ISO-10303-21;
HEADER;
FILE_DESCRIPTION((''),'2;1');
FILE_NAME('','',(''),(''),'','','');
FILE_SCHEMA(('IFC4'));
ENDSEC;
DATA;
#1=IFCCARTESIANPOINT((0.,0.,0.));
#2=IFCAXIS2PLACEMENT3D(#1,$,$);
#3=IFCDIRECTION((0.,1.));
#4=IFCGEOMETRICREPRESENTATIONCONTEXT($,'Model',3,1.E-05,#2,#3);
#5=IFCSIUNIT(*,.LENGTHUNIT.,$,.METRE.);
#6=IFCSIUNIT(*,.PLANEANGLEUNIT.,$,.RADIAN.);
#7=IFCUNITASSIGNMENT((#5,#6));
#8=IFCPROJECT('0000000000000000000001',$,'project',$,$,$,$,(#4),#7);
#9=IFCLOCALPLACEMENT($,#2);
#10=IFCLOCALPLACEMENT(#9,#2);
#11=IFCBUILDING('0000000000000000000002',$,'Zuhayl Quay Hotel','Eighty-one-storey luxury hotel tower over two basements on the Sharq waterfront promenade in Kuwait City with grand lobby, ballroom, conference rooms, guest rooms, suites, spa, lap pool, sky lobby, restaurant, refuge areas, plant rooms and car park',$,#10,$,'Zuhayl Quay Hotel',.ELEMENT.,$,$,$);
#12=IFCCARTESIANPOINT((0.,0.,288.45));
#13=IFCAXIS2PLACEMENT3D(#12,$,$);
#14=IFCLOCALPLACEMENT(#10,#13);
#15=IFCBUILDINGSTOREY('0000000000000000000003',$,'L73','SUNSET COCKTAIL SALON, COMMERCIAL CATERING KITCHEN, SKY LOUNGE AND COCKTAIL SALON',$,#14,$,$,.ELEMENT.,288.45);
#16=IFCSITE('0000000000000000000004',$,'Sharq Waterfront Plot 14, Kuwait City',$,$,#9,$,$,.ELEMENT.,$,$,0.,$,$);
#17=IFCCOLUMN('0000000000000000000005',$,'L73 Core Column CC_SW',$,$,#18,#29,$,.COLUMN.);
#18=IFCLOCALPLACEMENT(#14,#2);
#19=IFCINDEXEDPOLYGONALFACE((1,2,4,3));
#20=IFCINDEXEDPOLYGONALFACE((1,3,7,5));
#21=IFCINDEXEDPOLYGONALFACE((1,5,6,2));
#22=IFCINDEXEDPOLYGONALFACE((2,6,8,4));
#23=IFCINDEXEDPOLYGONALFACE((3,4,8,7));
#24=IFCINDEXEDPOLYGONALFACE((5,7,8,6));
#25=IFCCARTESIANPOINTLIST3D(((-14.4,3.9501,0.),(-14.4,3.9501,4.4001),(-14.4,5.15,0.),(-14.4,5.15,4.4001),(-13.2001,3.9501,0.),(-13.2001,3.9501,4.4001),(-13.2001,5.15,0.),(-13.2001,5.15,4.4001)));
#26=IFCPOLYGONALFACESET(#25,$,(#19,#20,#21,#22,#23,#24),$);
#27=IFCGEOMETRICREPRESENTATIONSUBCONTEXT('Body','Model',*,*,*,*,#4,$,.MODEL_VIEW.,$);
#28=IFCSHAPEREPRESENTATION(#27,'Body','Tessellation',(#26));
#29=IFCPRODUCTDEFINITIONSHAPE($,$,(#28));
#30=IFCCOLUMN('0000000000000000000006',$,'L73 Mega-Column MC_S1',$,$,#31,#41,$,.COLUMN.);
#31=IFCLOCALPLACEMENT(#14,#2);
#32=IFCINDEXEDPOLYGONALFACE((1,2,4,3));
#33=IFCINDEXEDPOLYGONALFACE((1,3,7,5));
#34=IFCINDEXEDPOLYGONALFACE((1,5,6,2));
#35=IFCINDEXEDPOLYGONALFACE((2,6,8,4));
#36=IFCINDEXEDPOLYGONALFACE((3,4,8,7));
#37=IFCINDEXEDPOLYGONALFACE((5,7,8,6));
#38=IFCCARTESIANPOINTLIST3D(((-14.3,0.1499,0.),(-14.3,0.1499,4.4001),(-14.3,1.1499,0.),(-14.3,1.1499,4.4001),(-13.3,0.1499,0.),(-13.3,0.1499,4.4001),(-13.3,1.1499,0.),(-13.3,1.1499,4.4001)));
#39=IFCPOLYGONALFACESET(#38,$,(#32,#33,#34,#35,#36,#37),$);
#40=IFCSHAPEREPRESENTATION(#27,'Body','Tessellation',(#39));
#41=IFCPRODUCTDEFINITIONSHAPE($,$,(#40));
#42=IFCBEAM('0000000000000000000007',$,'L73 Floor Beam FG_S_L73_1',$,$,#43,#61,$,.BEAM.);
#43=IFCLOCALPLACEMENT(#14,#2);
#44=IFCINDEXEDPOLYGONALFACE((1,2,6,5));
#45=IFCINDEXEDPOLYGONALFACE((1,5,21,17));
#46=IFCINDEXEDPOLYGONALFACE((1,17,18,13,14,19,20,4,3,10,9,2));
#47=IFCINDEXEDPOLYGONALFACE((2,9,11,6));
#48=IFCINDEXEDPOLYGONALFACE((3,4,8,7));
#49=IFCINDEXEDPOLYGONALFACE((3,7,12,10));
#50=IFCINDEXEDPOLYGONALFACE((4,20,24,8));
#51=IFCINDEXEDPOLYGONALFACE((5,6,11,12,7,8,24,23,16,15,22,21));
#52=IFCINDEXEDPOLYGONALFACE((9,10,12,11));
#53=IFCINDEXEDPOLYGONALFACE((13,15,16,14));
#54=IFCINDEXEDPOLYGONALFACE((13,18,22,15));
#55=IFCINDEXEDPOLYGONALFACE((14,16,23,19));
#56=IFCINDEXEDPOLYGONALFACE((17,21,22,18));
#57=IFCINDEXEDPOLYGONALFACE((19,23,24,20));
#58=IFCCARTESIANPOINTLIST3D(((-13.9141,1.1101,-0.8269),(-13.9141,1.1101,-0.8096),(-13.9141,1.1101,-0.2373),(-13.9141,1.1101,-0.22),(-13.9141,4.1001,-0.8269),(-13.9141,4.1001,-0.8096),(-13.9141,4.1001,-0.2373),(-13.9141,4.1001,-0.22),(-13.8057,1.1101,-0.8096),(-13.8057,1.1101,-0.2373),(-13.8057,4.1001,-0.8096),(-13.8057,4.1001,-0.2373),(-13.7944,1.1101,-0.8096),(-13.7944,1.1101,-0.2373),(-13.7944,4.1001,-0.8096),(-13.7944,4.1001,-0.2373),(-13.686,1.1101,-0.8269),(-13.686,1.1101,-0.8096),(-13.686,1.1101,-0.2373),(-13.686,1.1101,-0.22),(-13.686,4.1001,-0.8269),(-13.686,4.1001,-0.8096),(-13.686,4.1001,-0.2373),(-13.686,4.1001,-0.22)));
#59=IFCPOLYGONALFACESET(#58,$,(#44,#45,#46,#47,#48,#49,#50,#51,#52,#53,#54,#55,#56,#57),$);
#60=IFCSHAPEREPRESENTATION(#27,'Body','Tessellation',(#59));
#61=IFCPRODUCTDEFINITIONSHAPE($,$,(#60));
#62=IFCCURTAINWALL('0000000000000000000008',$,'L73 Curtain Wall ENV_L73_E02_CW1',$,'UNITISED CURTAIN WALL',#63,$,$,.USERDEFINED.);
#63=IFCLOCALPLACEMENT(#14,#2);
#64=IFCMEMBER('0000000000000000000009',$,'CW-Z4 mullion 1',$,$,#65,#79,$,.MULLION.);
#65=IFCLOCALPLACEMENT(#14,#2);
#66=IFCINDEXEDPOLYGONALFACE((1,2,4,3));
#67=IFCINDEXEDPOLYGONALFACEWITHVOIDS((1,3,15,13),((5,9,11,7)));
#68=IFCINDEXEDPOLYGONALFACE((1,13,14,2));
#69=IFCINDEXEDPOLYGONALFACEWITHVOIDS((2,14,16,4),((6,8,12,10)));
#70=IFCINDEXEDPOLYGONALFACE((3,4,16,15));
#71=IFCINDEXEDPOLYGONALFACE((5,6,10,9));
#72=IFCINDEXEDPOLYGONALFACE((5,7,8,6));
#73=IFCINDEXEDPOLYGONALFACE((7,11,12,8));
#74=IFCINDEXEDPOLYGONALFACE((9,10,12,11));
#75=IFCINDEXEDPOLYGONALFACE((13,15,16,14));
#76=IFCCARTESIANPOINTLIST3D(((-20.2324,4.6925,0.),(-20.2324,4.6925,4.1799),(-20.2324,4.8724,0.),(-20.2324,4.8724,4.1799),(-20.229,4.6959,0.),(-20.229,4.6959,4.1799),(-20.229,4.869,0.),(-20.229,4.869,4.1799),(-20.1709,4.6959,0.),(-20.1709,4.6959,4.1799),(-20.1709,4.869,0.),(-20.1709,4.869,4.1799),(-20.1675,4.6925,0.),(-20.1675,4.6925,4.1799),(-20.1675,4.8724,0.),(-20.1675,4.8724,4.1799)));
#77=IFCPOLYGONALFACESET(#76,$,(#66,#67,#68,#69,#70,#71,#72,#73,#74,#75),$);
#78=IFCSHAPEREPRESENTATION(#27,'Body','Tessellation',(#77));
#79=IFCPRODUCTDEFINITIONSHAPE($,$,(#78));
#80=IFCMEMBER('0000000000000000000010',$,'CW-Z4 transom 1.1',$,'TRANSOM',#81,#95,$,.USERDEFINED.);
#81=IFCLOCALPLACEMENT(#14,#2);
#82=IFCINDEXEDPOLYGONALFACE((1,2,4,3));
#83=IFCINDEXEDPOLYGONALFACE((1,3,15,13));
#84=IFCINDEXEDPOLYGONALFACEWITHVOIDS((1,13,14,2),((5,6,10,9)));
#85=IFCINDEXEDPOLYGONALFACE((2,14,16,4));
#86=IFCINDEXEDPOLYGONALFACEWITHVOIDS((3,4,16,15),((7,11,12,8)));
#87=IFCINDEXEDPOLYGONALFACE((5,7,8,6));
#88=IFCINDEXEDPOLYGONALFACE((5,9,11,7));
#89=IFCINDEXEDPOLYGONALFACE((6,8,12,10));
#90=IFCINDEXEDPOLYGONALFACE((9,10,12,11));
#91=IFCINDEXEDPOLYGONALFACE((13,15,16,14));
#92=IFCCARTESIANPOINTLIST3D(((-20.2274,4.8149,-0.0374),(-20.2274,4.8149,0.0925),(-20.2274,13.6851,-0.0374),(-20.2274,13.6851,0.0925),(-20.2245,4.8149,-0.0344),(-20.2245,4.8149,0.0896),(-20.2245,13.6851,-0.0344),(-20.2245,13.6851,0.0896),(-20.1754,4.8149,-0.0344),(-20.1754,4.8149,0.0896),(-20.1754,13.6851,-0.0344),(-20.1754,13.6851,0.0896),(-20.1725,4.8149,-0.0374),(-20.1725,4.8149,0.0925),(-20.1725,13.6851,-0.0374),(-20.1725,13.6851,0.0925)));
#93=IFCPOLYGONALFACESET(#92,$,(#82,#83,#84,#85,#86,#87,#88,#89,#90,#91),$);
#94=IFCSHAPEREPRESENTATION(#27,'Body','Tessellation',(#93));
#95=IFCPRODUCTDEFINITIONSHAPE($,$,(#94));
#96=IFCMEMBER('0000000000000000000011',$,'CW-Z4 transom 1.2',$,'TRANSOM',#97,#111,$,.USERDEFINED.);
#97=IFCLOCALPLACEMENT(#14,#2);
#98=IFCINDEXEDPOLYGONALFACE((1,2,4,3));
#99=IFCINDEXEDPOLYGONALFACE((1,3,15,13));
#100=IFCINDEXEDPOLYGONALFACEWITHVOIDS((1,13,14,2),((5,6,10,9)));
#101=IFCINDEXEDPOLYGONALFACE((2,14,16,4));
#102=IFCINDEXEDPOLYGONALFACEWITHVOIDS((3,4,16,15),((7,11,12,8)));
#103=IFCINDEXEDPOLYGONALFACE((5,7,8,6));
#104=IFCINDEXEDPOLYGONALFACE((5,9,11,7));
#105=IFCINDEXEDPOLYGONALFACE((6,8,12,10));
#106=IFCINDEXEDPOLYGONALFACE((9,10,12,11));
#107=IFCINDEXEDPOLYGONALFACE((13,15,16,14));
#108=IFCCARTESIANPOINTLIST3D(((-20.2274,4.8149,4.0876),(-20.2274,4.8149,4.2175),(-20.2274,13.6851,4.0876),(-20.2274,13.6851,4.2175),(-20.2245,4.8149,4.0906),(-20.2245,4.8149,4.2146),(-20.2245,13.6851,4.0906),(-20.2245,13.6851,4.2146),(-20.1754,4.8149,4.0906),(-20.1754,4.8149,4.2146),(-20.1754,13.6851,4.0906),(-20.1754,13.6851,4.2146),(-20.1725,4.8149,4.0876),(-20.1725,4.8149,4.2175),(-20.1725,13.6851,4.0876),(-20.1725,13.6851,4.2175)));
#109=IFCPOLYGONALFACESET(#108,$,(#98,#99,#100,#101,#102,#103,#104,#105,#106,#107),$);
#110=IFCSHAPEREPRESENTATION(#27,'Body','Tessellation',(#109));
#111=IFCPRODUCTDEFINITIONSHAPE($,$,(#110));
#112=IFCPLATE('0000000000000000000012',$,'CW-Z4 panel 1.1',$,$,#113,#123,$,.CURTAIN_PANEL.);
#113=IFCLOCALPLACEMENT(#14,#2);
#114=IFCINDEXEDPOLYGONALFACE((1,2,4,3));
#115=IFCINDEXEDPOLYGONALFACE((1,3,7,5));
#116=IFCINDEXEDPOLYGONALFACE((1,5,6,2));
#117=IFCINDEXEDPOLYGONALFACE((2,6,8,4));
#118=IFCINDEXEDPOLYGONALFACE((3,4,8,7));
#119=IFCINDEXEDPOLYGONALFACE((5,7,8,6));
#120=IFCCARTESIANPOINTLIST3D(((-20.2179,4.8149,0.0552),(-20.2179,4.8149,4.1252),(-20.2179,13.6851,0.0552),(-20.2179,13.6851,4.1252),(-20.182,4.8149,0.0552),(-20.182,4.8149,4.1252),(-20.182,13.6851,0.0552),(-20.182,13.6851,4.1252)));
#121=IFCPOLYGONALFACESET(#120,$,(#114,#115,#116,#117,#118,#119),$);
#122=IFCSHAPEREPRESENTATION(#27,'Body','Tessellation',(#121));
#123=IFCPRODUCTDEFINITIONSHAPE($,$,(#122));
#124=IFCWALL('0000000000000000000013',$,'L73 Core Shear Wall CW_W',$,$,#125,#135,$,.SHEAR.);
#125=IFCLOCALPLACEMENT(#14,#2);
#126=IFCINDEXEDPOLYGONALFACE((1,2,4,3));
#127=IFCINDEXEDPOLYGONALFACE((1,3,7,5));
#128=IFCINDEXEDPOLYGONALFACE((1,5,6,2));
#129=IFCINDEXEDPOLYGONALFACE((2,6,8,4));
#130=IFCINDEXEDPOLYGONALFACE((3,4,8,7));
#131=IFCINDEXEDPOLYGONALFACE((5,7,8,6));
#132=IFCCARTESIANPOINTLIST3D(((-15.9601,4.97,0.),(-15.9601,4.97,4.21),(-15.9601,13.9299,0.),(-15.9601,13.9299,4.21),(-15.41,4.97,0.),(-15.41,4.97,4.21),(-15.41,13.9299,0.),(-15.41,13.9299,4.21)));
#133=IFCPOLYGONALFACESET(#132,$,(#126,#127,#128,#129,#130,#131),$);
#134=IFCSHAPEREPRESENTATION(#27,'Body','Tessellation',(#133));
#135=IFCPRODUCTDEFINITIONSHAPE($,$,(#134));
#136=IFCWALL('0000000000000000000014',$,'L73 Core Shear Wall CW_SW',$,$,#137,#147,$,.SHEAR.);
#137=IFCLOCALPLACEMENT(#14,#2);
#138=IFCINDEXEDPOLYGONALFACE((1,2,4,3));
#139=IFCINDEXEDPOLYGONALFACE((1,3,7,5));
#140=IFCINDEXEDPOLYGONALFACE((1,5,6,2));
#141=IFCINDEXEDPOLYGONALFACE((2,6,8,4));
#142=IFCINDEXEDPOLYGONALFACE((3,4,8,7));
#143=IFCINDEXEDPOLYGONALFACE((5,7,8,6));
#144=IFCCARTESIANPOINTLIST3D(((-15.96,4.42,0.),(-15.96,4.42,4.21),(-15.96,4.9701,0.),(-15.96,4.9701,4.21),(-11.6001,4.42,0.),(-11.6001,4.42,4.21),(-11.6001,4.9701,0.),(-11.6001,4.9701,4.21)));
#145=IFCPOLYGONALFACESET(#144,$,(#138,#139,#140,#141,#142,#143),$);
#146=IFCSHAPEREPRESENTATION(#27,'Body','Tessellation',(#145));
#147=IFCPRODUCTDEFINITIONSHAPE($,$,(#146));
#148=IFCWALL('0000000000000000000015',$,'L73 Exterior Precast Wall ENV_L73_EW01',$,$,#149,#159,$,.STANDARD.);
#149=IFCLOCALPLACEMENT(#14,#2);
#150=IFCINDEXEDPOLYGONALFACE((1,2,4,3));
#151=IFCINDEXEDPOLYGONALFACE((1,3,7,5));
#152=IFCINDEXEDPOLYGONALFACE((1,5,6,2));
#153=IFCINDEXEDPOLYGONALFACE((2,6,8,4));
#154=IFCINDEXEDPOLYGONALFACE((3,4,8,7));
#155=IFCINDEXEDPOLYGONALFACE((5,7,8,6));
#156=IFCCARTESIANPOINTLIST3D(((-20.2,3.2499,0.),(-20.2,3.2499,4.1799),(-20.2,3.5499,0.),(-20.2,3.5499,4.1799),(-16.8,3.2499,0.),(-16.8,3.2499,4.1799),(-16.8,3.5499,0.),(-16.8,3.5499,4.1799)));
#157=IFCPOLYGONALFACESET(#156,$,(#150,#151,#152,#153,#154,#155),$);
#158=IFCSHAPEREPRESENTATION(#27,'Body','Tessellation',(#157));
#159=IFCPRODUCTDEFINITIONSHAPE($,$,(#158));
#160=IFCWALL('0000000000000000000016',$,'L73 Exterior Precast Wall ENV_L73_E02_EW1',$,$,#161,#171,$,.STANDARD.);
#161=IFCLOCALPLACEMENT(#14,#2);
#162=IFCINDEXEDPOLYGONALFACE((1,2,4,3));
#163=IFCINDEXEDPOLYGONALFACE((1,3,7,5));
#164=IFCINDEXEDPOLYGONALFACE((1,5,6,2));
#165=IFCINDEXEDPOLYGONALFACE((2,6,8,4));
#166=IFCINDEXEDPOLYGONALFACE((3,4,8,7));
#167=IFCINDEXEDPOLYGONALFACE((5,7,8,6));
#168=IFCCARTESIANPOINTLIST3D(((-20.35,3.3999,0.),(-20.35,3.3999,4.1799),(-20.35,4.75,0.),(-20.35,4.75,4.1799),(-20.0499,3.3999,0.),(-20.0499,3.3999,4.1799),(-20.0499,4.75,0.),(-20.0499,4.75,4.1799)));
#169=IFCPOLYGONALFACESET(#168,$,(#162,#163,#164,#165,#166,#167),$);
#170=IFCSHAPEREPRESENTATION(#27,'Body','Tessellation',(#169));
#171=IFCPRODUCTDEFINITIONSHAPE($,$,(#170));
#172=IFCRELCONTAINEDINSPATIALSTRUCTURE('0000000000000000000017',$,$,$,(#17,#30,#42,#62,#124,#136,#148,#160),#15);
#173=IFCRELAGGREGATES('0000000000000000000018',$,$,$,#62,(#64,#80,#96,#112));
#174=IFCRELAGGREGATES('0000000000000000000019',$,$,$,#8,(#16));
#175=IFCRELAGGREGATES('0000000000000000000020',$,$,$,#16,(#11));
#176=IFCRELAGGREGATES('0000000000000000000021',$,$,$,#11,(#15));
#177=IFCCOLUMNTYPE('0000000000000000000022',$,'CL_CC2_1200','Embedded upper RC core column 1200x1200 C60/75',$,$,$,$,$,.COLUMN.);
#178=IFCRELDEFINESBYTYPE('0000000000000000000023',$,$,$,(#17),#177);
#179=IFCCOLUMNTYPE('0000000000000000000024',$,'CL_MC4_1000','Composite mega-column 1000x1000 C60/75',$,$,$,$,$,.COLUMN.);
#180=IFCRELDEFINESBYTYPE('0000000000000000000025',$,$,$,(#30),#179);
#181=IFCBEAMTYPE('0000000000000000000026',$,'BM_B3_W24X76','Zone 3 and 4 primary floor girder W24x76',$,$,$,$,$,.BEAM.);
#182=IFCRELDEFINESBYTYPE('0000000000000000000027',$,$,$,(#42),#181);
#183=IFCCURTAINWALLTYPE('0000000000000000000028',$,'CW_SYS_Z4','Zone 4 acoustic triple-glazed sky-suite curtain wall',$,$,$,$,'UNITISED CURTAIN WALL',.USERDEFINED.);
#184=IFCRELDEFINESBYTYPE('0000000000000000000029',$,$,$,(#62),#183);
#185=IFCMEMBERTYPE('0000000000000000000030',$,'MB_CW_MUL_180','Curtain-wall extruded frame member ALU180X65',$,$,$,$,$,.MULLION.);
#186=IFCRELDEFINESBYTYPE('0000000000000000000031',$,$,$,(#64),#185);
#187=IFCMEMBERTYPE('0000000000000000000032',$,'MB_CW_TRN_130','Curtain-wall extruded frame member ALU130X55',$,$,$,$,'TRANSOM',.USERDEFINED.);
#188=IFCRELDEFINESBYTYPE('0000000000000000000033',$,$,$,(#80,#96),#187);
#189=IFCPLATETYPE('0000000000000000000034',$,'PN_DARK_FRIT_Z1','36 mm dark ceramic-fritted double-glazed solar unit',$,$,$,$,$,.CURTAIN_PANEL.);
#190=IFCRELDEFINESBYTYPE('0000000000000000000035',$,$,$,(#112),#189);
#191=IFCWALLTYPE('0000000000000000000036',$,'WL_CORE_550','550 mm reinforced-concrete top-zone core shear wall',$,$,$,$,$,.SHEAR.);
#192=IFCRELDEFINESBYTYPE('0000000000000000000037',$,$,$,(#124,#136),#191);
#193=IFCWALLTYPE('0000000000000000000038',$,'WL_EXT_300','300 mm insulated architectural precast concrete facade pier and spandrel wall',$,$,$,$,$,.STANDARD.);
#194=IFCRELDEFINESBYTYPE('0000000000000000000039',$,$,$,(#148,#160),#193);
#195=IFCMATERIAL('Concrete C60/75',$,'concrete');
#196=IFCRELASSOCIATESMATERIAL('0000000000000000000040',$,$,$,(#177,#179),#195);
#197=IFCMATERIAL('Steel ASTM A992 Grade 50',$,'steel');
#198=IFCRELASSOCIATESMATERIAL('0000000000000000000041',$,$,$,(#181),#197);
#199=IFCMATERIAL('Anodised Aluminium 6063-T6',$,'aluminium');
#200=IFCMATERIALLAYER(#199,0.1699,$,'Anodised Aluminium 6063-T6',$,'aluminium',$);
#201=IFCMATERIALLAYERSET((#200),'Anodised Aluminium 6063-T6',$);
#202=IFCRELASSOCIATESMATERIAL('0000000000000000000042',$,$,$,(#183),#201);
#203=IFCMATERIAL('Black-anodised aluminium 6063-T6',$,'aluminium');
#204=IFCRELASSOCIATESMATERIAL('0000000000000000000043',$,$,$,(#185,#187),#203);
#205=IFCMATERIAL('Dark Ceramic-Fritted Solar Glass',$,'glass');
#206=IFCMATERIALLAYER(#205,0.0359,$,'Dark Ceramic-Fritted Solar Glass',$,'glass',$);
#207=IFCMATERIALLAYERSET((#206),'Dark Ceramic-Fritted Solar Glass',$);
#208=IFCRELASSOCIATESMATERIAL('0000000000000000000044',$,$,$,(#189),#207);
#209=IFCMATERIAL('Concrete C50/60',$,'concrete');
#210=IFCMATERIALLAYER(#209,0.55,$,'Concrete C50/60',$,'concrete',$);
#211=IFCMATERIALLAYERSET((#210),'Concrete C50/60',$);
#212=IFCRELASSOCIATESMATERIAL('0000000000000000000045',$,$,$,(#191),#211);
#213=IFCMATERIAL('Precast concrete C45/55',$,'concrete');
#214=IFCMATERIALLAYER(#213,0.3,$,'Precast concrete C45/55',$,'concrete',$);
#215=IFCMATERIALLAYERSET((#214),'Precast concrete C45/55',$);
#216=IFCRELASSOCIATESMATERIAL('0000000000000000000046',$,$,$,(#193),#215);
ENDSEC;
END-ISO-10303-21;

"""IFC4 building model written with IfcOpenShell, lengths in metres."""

from ifc_helpers import new_model, si_unit, direction, frame, frame_2d, origin, origin_2d, place, context, subcontext, project, spatial, rectangle, hollow_rectangle, i_section, extrude, material, layer, layer_set, material_profile, profile_set, type_object, element, aggregate, save


model = new_model("IFC4")

# Units and contexts
model_context = context("Model", 3, precision=1e-05, world=origin(), true_north=direction((0.0, 1.0)))
body_context = subcontext(model_context, "Body", "Model", "MODEL_VIEW")
ifc_project = project(units=[si_unit("LENGTHUNIT", "METRE"), si_unit("PLANEANGLEUNIT", "RADIAN")], contexts=[model_context])

# Site, building, storey
site_placement = place(None, origin())
site = spatial("IfcSite", under=ifc_project, at=site_placement, Name="Sharq Waterfront Plot 14, Kuwait City", CompositionType="ELEMENT", RefElevation=0.0)
building_placement = place(site_placement, origin())
building = spatial("IfcBuilding", under=site, at=building_placement, Name="Zuhayl Quay Hotel", Description="Eighty-one-storey luxury hotel tower over two basements on the Sharq waterfront promenade in Kuwait City with grand lobby, ballroom, conference rooms, guest rooms, suites, spa, lap pool, sky lobby, restaurant, refuge areas, plant rooms and car park", LongName="Zuhayl Quay Hotel", CompositionType="ELEMENT")
storey_placement = place(building_placement, frame((0.0, 0.0, 288.45)))
storey = spatial("IfcBuildingStorey", under=building, at=storey_placement, Name="L73", Description="SUNSET COCKTAIL SALON, COMMERCIAL CATERING KITCHEN, SKY LOUNGE AND COCKTAIL SALON", CompositionType="ELEMENT", Elevation=288.45)

# Columns
ifc_material_1 = material(Name="Concrete C60/75", Category="concrete")
ifc_material_profile_1 = material_profile(ifc_material_1, rectangle(XDim=1.2, YDim=1.2, at=origin_2d()), Name="RC1200X1200")
ifc_profile_set_1 = profile_set([ifc_material_profile_1], Name="Concrete C60/75")
column_type_1 = type_object("IfcColumnType", Name="CL_CC2_1200", Description="Embedded upper RC core column 1200x1200 C60/75", PredefinedType="COLUMN", material=ifc_profile_set_1)
column_1_placement = place(storey_placement, frame((-13.8, 4.55, 0.0), z_axis=(0.0, 0.0, 1.0), x_axis=(1.0, 0.0, 0.0)))
element("IfcColumn", 1, at=column_1_placement, inside=storey, type_object=column_type_1, Name="L73 Core Column CC_SW", PredefinedType="COLUMN", context=body_context, shape_type="SweptSolid", body=[
    extrude(rectangle(XDim=1.2, YDim=1.2, at=origin_2d()), origin(), (0.0, 0.0, 1.0), 4.4001),
])
ifc_material_profile_2 = material_profile(ifc_material_1, rectangle(XDim=1.0, YDim=1.0, at=origin_2d()), Name="RC1000X1000")
ifc_profile_set_2 = profile_set([ifc_material_profile_2], Name="Concrete C60/75")
column_type_2 = type_object("IfcColumnType", Name="CL_MC4_1000", Description="Composite mega-column 1000x1000 C60/75", PredefinedType="COLUMN", material=ifc_profile_set_2)
column_2_placement = place(storey_placement, frame((-13.8, 0.6499, 0.0), z_axis=(0.0, 0.0, 1.0), x_axis=(1.0, 0.0, 0.0)))
element("IfcColumn", 2, at=column_2_placement, inside=storey, type_object=column_type_2, Name="L73 Mega-Column MC_S1", PredefinedType="COLUMN", context=body_context, shape_type="SweptSolid", body=[
    extrude(rectangle(XDim=1.0, YDim=1.0, at=origin_2d()), origin(), (0.0, 0.0, 1.0), 4.4001),
])

# Beam
ifc_material_2 = material(Name="Steel ASTM A992 Grade 50", Category="steel")
ifc_material_profile_3 = material_profile(ifc_material_2, i_section(OverallWidth=0.228, OverallDepth=0.6069, WebThickness=0.0112, FlangeThickness=0.0173, at=origin_2d()), Name="W24X76")
ifc_profile_set_3 = profile_set([ifc_material_profile_3], Name="Steel ASTM A992 Grade 50")
beam_type = type_object("IfcBeamType", Name="BM_B3_W24X76", Description="Zone 3 and 4 primary floor girder W24x76", PredefinedType="BEAM", material=ifc_profile_set_3)
beam_placement = place(storey_placement, frame((-13.8, 1.1101, -0.5234), z_axis=(0.0, 1.0, 0.0), x_axis=(-1.0, 0.0, 0.0)))
element("IfcBeam", 3, at=beam_placement, inside=storey, type_object=beam_type, Name="L73 Floor Beam FG_S_L73_1", PredefinedType="BEAM", context=body_context, shape_type="SweptSolid", body=[
    extrude(i_section(OverallWidth=0.228, OverallDepth=0.6069, WebThickness=0.0112, FlangeThickness=0.0173, at=origin_2d()), origin(), (0.0, 0.0, 1.0), 2.99),
])

# Curtain wall, members, plate
ifc_material_3 = material(Name="Anodised Aluminium 6063-T6", Category="aluminium")
ifc_layer_1 = layer(ifc_material_3, 0.1699, Name="Anodised Aluminium 6063-T6", Category="aluminium")
ifc_layer_set_1 = layer_set([ifc_layer_1], Name="Anodised Aluminium 6063-T6")
curtain_wall_type = type_object("IfcCurtainWallType", Name="CW_SYS_Z4", Description="Zone 4 acoustic triple-glazed sky-suite curtain wall", ElementType="UNITISED CURTAIN WALL", PredefinedType="USERDEFINED", material=ifc_layer_set_1)
curtain_wall_placement = place(storey_placement, origin())
curtain_wall = element("IfcCurtainWall", 4, at=curtain_wall_placement, inside=storey, type_object=curtain_wall_type, Name="L73 Curtain Wall ENV_L73_E02_CW1", ObjectType="UNITISED CURTAIN WALL", PredefinedType="USERDEFINED")
ifc_material_4 = material(Name="Black-anodised aluminium 6063-T6", Category="aluminium")
ifc_material_profile_4 = material_profile(ifc_material_4, hollow_rectangle(XDim=0.0649, YDim=0.1799, WallThickness=0.0034, at=origin_2d()), Name="ALU180X65")
ifc_profile_set_4 = profile_set([ifc_material_profile_4], Name="Black-anodised aluminium 6063-T6")
member_type_1 = type_object("IfcMemberType", Name="MB_CW_MUL_180", Description="Curtain-wall extruded frame member ALU180X65", PredefinedType="MULLION", material=ifc_profile_set_4)
member_1_placement = place(storey_placement, frame((-20.2, 4.7825, 0.0), z_axis=(0.0, 0.0, 1.0), x_axis=(-1.0, 0.0, 0.0)))
member_1 = element("IfcMember", 5, at=member_1_placement, type_object=member_type_1, Name="CW-Z4 mullion 1", PredefinedType="MULLION", context=body_context, shape_type="SweptSolid", body=[
    extrude(hollow_rectangle(XDim=0.0649, YDim=0.1799, WallThickness=0.0034, at=origin_2d()), origin(), (0.0, 0.0, 1.0), 4.1799),
])
ifc_material_profile_5 = material_profile(ifc_material_4, hollow_rectangle(XDim=0.0549, YDim=0.1299, WallThickness=0.0029, at=origin_2d()), Name="ALU130X55")
ifc_profile_set_5 = profile_set([ifc_material_profile_5], Name="Black-anodised aluminium 6063-T6")
member_type_2 = type_object("IfcMemberType", Name="MB_CW_TRN_130", Description="Curtain-wall extruded frame member ALU130X55", ElementType="TRANSOM", PredefinedType="USERDEFINED", material=ifc_profile_set_5)
member_2_placement = place(storey_placement, frame((-20.2, 4.8149, 0.0276), z_axis=(0.0, 1.0, 0.0), x_axis=(-1.0, 0.0, 0.0)))
member_2 = element("IfcMember", 6, at=member_2_placement, type_object=member_type_2, Name="CW-Z4 transom 1.1", ObjectType="TRANSOM", PredefinedType="USERDEFINED", context=body_context, shape_type="SweptSolid", body=[
    extrude(hollow_rectangle(XDim=0.0549, YDim=0.1299, WallThickness=0.0029, at=origin_2d()), origin(), (0.0, 0.0, 1.0), 8.8701),
])
member_3_placement = place(storey_placement, frame((-20.2, 4.8149, 4.1526), z_axis=(0.0, 1.0, 0.0), x_axis=(-1.0, 0.0, 0.0)))
member_3 = element("IfcMember", 7, at=member_3_placement, type_object=member_type_2, Name="CW-Z4 transom 1.2", ObjectType="TRANSOM", PredefinedType="USERDEFINED", context=body_context, shape_type="SweptSolid", body=[
    extrude(hollow_rectangle(XDim=0.0549, YDim=0.1299, WallThickness=0.0029, at=origin_2d()), origin(), (0.0, 0.0, 1.0), 8.8701),
])
ifc_material_5 = material(Name="Dark Ceramic-Fritted Solar Glass", Category="glass")
ifc_layer_2 = layer(ifc_material_5, 0.0359, Name="Dark Ceramic-Fritted Solar Glass", Category="glass")
ifc_layer_set_2 = layer_set([ifc_layer_2], Name="Dark Ceramic-Fritted Solar Glass")
plate_type = type_object("IfcPlateType", Name="PN_DARK_FRIT_Z1", Description="36 mm dark ceramic-fritted double-glazed solar unit", PredefinedType="CURTAIN_PANEL", material=ifc_layer_set_2)
plate_placement = place(storey_placement, frame((-20.2, 9.25, 0.0552), z_axis=(0.0, 0.0, 1.0), x_axis=(0.0, 1.0, 0.0)))
plate = element("IfcPlate", 8, at=plate_placement, type_object=plate_type, Name="CW-Z4 panel 1.1", PredefinedType="CURTAIN_PANEL", context=body_context, shape_type="SweptSolid", body=[
    extrude(rectangle(XDim=8.8701, YDim=0.0359, at=origin_2d()), origin(), (0.0, 0.0, 1.0), 4.0701),
])
aggregate(curtain_wall, [member_1, member_2, member_3, plate])

# Walls
ifc_material_6 = material(Name="Concrete C50/60", Category="concrete")
ifc_layer_3 = layer(ifc_material_6, 0.55, Name="Concrete C50/60", Category="concrete")
ifc_layer_set_3 = layer_set([ifc_layer_3], Name="Concrete C50/60")
wall_type_1 = type_object("IfcWallType", Name="WL_CORE_550", Description="550 mm reinforced-concrete top-zone core shear wall", PredefinedType="SHEAR", material=ifc_layer_set_3)
wall_1_placement = place(storey_placement, frame((-15.6851, 4.97, 0.0), z_axis=(0.0, 0.0, 1.0), x_axis=(0.0, 1.0, 0.0)))
element("IfcWall", 9, at=wall_1_placement, inside=storey, type_object=wall_type_1, Name="L73 Core Shear Wall CW_W", PredefinedType="SHEAR", context=body_context, shape_type="SweptSolid", body=[
    extrude(rectangle(XDim=8.96, YDim=0.55, at=frame_2d((4.48, 0.0))), origin(), (0.0, 0.0, 1.0), 4.21),
])
wall_2_placement = place(storey_placement, frame((-15.96, 4.6951, 0.0), z_axis=(0.0, 0.0, 1.0), x_axis=(1.0, 0.0, 0.0)))
element("IfcWall", 10, at=wall_2_placement, inside=storey, type_object=wall_type_1, Name="L73 Core Shear Wall CW_SW", PredefinedType="SHEAR", context=body_context, shape_type="SweptSolid", body=[
    extrude(rectangle(XDim=4.3599, YDim=0.55, at=frame_2d((2.1799, 0.0))), origin(), (0.0, 0.0, 1.0), 4.21),
])
ifc_material_7 = material(Name="Precast concrete C45/55", Category="concrete")
ifc_layer_4 = layer(ifc_material_7, 0.3, Name="Precast concrete C45/55", Category="concrete")
ifc_layer_set_4 = layer_set([ifc_layer_4], Name="Precast concrete C45/55")
wall_type_2 = type_object("IfcWallType", Name="WL_EXT_300", Description="300 mm insulated architectural precast concrete facade pier and spandrel wall", PredefinedType="STANDARD", material=ifc_layer_set_4)
wall_3_placement = place(storey_placement, frame((-16.8, 3.3999, 0.0), z_axis=(0.0, 0.0, 1.0), x_axis=(-1.0, 0.0, 0.0)))
element("IfcWall", 11, at=wall_3_placement, inside=storey, type_object=wall_type_2, Name="L73 Exterior Precast Wall ENV_L73_EW01", PredefinedType="STANDARD", context=body_context, shape_type="SweptSolid", body=[
    extrude(rectangle(XDim=3.3999, YDim=0.3, at=frame_2d((1.7, 0.0))), origin(), (0.0, 0.0, 1.0), 4.1799),
])
wall_4_placement = place(storey_placement, frame((-20.2, 3.3999, 0.0), z_axis=(0.0, 0.0, 1.0), x_axis=(0.0, 1.0, 0.0)))
element("IfcWall", 12, at=wall_4_placement, inside=storey, type_object=wall_type_2, Name="L73 Exterior Precast Wall ENV_L73_E02_EW1", PredefinedType="STANDARD", context=body_context, shape_type="SweptSolid", body=[
    extrude(rectangle(XDim=1.3501, YDim=0.3, at=frame_2d((0.675, 0.0))), origin(), (0.0, 0.0, 1.0), 4.1799),
])

save(model, "model.ifc")
